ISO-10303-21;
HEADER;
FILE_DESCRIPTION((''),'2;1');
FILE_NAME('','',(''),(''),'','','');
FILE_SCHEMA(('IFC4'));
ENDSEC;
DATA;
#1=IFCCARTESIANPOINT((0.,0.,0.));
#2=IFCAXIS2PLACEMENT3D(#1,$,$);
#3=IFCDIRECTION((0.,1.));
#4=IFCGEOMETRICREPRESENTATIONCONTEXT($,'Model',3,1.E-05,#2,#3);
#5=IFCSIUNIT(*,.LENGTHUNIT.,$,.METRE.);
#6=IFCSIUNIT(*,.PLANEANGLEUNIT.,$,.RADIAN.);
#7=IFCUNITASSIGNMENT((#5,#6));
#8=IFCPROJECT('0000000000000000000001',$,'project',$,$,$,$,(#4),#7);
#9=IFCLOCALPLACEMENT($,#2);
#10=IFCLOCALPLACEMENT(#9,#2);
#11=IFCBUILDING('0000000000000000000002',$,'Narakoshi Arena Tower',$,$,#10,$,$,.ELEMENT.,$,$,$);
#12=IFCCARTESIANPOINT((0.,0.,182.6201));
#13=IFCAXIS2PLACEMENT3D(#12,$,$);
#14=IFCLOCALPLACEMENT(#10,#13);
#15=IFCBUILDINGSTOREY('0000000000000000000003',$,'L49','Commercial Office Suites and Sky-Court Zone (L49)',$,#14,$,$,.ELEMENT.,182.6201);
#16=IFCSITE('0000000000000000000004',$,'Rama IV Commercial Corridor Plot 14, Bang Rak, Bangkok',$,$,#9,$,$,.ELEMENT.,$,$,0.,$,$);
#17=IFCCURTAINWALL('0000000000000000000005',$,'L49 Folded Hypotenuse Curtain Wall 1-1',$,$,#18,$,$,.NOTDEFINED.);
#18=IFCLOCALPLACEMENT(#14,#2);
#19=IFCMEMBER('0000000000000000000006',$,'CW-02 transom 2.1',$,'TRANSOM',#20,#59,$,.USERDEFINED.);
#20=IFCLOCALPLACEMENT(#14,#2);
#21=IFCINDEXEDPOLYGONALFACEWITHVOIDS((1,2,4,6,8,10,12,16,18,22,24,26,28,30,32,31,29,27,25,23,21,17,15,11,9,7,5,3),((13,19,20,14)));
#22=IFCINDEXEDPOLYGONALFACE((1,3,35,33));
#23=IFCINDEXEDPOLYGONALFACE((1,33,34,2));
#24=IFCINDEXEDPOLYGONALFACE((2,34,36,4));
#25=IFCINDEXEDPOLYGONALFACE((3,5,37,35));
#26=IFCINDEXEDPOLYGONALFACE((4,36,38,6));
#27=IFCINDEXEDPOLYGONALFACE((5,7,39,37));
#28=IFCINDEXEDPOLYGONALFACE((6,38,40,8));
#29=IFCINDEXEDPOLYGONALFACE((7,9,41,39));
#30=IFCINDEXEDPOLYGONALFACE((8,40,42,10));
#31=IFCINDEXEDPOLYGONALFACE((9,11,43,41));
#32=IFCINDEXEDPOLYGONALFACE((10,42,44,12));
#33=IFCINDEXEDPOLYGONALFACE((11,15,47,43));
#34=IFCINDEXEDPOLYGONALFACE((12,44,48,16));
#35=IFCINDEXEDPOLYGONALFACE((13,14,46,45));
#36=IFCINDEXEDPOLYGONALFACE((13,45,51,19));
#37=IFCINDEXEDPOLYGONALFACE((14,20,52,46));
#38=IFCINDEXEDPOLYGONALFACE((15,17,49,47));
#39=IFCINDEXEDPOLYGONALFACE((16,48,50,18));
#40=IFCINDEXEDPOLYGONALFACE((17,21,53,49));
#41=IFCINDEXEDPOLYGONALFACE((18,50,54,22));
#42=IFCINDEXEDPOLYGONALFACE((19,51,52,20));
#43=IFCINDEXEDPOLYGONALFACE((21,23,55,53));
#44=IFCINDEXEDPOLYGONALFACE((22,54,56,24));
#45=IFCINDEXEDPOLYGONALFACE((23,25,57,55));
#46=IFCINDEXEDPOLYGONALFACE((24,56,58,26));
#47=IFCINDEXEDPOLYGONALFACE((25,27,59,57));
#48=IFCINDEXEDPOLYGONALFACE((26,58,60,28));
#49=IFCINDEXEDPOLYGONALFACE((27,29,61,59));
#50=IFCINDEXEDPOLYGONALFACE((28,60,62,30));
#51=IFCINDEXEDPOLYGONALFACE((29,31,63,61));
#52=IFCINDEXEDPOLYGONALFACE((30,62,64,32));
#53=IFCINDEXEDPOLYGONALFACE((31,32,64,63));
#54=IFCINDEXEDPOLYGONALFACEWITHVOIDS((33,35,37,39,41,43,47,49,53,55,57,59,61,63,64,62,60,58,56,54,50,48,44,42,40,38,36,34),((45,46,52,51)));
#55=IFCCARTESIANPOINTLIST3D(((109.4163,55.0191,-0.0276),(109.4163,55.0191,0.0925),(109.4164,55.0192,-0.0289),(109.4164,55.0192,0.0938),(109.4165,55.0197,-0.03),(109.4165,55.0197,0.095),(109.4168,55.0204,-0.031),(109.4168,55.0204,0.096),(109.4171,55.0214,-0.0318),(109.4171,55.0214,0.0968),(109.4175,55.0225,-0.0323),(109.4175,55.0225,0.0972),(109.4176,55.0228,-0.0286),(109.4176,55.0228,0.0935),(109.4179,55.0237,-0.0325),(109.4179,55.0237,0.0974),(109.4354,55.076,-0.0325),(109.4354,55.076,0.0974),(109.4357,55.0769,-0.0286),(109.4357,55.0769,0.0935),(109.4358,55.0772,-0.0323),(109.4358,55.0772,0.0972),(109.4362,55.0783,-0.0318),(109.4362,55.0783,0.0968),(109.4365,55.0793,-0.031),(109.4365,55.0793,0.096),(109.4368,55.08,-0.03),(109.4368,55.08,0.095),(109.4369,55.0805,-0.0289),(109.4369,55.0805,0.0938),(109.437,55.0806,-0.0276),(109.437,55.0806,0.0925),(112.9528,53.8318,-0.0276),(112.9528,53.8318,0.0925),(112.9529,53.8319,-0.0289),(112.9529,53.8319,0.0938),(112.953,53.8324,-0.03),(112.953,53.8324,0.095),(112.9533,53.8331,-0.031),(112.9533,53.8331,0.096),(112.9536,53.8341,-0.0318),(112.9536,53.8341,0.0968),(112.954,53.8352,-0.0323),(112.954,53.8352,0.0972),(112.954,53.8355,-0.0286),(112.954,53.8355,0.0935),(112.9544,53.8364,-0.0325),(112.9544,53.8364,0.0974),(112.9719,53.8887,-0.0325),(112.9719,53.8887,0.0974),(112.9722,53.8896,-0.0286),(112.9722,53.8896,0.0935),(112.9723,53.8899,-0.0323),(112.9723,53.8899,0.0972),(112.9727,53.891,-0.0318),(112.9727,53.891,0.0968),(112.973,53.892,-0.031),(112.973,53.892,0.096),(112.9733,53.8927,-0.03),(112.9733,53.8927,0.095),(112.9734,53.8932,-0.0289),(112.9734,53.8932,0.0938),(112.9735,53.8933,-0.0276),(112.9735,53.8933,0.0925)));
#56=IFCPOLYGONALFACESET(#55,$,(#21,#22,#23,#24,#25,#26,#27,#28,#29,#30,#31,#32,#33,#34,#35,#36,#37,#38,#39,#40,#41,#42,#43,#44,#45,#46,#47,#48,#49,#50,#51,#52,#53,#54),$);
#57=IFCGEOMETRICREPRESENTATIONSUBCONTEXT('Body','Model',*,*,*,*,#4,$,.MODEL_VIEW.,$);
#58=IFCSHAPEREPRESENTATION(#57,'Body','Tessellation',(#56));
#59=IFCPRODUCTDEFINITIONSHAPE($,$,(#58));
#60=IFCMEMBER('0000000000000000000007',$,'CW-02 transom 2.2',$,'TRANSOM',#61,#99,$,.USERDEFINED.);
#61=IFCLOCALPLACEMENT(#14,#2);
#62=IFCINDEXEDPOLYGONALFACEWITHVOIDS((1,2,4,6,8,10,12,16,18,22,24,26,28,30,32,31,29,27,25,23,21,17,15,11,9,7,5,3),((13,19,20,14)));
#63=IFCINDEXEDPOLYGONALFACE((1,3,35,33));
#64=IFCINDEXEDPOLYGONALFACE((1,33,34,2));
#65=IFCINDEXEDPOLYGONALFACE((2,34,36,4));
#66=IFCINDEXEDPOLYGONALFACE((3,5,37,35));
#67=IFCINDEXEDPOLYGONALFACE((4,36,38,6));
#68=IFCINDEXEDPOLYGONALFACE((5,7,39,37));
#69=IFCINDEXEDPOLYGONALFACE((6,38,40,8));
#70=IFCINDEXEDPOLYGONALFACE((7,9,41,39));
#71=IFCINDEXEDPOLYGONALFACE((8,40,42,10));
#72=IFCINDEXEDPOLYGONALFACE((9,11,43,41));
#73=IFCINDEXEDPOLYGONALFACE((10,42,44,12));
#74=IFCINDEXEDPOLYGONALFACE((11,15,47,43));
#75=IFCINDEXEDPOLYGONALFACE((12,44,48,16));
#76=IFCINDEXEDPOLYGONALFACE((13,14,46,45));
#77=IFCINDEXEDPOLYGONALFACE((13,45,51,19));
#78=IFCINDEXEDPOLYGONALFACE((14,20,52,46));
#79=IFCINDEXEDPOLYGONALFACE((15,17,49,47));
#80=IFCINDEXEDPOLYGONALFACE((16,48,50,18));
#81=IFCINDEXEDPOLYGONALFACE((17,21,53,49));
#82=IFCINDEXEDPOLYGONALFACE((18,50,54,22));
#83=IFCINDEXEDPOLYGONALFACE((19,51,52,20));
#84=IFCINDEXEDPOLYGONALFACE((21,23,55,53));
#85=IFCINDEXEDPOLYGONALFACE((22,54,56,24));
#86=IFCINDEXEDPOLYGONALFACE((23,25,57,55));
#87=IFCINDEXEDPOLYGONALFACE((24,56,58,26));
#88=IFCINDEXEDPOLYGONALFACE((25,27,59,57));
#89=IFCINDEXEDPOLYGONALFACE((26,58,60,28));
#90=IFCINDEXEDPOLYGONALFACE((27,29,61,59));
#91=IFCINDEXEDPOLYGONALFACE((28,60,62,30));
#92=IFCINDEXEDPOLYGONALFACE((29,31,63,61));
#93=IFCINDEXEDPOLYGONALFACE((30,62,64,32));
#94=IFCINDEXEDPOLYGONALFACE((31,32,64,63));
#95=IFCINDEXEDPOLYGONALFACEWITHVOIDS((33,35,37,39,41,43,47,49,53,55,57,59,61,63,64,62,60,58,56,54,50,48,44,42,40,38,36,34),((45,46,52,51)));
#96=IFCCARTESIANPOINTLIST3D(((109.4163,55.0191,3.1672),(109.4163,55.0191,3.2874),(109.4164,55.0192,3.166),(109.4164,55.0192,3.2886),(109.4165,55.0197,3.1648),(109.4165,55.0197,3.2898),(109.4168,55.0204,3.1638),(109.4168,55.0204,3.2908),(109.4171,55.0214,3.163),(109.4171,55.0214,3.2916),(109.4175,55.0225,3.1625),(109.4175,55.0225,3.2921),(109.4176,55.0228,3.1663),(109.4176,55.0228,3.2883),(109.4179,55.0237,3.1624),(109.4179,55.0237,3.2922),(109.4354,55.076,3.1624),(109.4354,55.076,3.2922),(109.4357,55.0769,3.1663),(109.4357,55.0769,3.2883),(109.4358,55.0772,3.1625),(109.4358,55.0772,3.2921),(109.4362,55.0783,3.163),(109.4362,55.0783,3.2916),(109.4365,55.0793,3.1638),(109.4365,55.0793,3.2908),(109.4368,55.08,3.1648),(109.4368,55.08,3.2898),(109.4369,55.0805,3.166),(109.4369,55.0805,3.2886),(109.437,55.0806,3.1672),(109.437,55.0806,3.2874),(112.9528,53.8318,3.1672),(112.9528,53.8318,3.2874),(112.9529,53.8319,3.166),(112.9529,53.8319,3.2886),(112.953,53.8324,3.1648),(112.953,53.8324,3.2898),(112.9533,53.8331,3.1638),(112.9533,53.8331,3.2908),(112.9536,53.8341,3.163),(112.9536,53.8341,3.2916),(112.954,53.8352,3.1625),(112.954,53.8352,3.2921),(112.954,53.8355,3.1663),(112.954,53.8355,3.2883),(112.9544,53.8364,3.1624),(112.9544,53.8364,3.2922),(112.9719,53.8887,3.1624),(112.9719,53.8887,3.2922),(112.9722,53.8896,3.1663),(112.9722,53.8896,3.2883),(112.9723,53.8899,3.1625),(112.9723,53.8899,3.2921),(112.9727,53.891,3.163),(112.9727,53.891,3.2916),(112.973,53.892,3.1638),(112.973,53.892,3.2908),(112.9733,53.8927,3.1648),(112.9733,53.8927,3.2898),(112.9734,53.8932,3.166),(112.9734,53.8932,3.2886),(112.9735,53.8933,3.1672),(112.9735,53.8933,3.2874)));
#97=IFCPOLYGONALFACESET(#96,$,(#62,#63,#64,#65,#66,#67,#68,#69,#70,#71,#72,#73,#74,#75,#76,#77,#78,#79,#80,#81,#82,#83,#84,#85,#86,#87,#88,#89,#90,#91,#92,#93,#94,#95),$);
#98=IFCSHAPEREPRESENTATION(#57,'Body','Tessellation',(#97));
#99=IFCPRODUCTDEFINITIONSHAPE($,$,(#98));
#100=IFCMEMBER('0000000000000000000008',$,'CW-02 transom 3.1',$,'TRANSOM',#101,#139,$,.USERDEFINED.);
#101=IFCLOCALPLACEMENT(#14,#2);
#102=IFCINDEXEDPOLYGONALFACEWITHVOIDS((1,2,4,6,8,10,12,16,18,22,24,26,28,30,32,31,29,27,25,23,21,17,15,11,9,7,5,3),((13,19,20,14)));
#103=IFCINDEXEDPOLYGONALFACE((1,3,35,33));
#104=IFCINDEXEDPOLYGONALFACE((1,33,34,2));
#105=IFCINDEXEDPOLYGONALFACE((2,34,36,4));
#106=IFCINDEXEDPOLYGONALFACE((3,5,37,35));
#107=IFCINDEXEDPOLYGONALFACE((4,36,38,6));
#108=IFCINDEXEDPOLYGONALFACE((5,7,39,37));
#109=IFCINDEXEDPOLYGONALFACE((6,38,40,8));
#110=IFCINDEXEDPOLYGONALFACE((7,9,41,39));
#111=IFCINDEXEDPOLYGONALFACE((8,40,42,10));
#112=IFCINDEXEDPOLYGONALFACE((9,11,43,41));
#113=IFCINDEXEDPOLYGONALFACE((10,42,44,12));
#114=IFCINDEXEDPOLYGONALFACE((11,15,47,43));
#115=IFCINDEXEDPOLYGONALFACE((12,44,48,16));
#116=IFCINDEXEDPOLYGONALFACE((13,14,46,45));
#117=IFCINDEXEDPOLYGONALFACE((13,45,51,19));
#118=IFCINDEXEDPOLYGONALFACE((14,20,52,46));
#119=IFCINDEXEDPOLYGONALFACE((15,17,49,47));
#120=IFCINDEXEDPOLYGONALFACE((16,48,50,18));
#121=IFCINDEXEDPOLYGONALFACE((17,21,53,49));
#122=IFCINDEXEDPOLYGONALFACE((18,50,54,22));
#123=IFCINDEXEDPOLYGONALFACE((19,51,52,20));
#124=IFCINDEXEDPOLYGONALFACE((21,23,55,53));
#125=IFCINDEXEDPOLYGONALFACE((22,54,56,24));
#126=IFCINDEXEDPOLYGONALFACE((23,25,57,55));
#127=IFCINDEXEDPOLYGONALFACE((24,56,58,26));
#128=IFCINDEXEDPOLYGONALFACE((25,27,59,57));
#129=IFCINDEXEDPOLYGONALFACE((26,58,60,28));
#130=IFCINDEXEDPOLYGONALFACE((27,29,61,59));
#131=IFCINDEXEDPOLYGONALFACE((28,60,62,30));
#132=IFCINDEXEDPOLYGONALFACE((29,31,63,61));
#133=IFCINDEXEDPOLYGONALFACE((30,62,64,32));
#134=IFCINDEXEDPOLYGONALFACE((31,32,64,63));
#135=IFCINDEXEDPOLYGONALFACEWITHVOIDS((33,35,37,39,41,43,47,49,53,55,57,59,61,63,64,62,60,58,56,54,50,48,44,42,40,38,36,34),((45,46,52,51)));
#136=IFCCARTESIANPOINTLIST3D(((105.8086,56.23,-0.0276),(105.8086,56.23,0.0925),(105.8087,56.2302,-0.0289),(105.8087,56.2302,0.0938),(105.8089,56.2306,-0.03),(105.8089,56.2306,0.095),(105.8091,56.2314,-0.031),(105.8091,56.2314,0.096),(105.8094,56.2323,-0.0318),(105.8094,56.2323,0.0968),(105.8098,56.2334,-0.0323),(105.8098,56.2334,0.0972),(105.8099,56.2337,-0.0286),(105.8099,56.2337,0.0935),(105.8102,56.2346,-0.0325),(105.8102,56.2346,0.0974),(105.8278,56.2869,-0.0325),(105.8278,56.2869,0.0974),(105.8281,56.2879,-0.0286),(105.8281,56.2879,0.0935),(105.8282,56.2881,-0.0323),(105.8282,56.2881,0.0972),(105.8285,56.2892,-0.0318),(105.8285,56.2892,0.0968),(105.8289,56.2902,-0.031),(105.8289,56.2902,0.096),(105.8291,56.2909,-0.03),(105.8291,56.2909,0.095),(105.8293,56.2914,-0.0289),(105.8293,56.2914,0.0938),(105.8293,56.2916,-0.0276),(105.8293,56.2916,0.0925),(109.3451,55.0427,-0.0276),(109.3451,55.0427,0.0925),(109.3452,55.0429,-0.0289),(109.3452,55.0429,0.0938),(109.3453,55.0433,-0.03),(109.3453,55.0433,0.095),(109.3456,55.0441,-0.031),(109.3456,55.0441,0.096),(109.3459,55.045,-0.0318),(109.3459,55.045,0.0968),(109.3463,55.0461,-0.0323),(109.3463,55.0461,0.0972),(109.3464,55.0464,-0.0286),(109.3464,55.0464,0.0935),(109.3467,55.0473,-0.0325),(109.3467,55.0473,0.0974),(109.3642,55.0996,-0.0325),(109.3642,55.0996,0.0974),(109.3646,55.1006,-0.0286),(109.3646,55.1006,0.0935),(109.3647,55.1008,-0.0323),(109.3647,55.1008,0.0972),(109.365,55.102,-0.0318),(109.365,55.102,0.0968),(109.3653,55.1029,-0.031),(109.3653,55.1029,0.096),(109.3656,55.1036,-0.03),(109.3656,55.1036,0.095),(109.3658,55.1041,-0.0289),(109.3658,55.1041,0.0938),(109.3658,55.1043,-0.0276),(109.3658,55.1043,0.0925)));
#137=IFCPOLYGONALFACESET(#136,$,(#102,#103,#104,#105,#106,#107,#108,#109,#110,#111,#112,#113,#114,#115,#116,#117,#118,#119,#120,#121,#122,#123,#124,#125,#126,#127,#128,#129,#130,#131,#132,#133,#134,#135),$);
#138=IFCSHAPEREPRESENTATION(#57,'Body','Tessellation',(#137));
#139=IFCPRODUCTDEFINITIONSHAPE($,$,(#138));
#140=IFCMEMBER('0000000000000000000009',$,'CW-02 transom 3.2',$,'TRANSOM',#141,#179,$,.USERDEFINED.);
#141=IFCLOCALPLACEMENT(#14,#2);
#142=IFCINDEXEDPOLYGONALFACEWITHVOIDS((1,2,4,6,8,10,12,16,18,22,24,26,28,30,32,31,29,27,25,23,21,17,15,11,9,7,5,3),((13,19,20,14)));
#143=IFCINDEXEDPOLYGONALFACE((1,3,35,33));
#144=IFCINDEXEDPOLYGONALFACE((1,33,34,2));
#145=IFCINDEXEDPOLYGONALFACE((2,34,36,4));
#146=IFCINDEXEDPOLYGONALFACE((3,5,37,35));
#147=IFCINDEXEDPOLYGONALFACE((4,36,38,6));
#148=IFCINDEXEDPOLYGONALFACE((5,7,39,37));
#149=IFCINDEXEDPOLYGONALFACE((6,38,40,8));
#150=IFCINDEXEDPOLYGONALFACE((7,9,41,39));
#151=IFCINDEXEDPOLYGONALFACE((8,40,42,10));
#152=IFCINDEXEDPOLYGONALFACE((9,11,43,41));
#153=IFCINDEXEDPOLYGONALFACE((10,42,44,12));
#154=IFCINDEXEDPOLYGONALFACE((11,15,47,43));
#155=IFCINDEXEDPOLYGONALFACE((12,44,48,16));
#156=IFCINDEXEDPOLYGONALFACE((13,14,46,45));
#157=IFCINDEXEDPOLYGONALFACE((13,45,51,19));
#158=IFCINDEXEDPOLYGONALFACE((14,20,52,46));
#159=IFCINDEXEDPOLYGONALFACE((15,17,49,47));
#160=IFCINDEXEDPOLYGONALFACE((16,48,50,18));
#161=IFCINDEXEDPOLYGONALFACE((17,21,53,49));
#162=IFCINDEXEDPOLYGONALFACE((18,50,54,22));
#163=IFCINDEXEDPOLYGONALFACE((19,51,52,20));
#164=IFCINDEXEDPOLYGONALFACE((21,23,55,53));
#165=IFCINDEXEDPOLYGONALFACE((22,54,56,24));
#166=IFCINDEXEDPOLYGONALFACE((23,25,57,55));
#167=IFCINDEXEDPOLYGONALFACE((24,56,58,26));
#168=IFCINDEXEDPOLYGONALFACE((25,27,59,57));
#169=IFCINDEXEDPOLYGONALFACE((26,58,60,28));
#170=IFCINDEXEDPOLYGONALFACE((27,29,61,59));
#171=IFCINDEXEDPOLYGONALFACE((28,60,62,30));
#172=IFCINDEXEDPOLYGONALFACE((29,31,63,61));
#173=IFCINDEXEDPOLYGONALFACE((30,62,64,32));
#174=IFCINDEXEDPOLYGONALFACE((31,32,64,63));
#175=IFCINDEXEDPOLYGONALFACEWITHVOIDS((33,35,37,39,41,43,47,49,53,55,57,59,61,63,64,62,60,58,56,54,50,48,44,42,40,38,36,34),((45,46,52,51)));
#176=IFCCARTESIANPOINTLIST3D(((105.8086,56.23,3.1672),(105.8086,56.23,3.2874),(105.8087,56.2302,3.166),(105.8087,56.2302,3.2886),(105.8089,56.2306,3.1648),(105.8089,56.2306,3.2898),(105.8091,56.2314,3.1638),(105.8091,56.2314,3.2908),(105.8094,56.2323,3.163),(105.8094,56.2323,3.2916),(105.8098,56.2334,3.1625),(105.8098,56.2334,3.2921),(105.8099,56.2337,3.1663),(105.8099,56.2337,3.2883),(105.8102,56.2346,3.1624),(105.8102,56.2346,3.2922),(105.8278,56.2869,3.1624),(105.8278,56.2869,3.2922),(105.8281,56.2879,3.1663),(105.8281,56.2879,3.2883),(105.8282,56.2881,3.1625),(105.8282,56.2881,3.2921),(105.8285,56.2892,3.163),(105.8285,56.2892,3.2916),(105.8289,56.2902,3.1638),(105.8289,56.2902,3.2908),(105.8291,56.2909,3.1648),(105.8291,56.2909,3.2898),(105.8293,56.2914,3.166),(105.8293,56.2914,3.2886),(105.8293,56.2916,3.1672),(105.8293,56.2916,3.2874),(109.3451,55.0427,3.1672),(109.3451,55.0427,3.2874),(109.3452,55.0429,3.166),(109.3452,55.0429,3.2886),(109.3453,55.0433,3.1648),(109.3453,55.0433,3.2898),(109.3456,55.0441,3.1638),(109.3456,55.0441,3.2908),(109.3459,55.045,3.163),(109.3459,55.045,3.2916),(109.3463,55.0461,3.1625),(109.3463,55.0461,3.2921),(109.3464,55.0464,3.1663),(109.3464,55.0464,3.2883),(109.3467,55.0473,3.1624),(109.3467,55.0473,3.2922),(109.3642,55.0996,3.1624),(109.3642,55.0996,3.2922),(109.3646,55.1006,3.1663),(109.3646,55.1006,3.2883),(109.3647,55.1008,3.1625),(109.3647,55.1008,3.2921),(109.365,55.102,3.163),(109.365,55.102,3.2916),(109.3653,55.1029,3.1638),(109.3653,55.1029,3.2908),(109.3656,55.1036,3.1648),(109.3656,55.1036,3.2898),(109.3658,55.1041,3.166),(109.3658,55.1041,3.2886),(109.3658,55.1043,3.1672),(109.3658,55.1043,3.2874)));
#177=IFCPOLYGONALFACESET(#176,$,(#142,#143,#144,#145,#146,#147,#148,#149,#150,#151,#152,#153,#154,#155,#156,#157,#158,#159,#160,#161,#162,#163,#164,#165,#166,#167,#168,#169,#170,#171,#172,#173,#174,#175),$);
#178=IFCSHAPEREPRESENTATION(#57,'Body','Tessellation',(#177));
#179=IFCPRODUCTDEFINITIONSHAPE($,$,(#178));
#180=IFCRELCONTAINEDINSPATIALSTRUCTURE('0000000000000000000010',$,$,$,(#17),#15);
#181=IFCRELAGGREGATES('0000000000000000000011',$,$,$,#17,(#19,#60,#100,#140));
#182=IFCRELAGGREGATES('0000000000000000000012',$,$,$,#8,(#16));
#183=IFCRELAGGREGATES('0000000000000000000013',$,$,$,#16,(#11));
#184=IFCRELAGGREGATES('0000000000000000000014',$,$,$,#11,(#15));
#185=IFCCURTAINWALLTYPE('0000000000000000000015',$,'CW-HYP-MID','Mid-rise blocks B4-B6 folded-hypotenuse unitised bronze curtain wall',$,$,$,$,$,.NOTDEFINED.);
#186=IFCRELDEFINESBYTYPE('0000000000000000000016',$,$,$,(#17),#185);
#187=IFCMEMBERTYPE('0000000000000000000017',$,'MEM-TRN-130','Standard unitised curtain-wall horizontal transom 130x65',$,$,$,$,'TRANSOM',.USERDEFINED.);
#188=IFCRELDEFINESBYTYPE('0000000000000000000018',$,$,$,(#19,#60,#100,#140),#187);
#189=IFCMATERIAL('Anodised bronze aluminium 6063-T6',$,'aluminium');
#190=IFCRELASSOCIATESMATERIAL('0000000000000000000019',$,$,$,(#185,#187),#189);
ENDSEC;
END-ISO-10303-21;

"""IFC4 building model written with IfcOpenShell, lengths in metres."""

from ifc_helpers import new_model, si_unit, direction, frame, origin, origin_2d, place, context, subcontext, project, spatial, hollow_rectangle, extrude, material, material_profile, profile_set, type_object, element, aggregate, save


model = new_model("IFC4")

# Units and contexts
model_context = context("Model", 3, precision=1e-05, world=origin(), true_north=direction((0.0, 1.0)))
body_context = subcontext(model_context, "Body", "Model", "MODEL_VIEW")
ifc_project = project(units=[si_unit("LENGTHUNIT", "METRE"), si_unit("PLANEANGLEUNIT", "RADIAN")], contexts=[model_context])

# Site, building, storey
site_placement = place(None, origin())
site = spatial("IfcSite", under=ifc_project, at=site_placement, Name="Rama IV Commercial Corridor Plot 14, Bang Rak, Bangkok", CompositionType="ELEMENT", RefElevation=0.0)
building_placement = place(site_placement, origin())
building = spatial("IfcBuilding", under=site, at=building_placement, Name="Narakoshi Arena Tower", CompositionType="ELEMENT")
storey_placement = place(building_placement, frame((0.0, 0.0, 182.6201)))
storey = spatial("IfcBuildingStorey", under=building, at=storey_placement, Name="L49", Description="Commercial Office Suites and Sky-Court Zone (L49)", CompositionType="ELEMENT", Elevation=182.6201)

# Curtain wall, members
ifc_material_1 = material(Name="Anodised bronze aluminium 6063-T6", Category="aluminium")
curtain_wall_type = type_object("IfcCurtainWallType", Name="CW-HYP-MID", Description="Mid-rise blocks B4-B6 folded-hypotenuse unitised bronze curtain wall", PredefinedType="NOTDEFINED", material=ifc_material_1)
curtain_wall_placement = place(storey_placement, origin())
curtain_wall = element("IfcCurtainWall", 1, at=curtain_wall_placement, inside=storey, type_object=curtain_wall_type, Name="L49 Folded Hypotenuse Curtain Wall 1-1", PredefinedType="NOTDEFINED")
ifc_material_profile_1 = material_profile(ifc_material_1, hollow_rectangle(XDim=0.0649, YDim=0.1299, WallThickness=0.0039, OuterFilletRadius=0.0049, at=origin_2d()), Name="TRN130x65x4")
ifc_profile_set_1 = profile_set([ifc_material_profile_1], Name="Anodised bronze aluminium 6063-T6")
member_type_1 = type_object("IfcMemberType", Name="MEM-TRN-130", Description="Standard unitised curtain-wall horizontal transom 130x65", ElementType="TRANSOM", PredefinedType="USERDEFINED", material=ifc_profile_set_1)
member_1_placement = place(storey_placement, frame((112.9631, 53.8625, 0.0325), z_axis=(-0.948, 0.318269, 0.0), x_axis=(-0.318269, -0.948, 0.0)))
member_1 = element("IfcMember", 2, at=member_1_placement, type_object=member_type_1, Name="CW-02 transom 2.1", ObjectType="TRANSOM", PredefinedType="USERDEFINED", context=body_context, shape_type="SweptSolid", body=[
    extrude(hollow_rectangle(XDim=0.0649, YDim=0.1299, WallThickness=0.0039, OuterFilletRadius=0.0049, at=origin_2d()), origin(), (0.0, 0.0, 1.0), 3.7305),
])
member_2_placement = place(storey_placement, frame((112.9631, 53.8625, 3.2273), z_axis=(-0.948, 0.318269, 0.0), x_axis=(-0.318269, -0.948, 0.0)))
member_2 = element("IfcMember", 3, at=member_2_placement, type_object=member_type_1, Name="CW-02 transom 2.2", ObjectType="TRANSOM", PredefinedType="USERDEFINED", context=body_context, shape_type="SweptSolid", body=[
    extrude(hollow_rectangle(XDim=0.0649, YDim=0.1299, WallThickness=0.0039, OuterFilletRadius=0.0049, at=origin_2d()), origin(), (0.0, 0.0, 1.0), 3.7305),
])
member_3_placement = place(storey_placement, frame((109.3555, 55.0735, 0.0325), z_axis=(-0.948, 0.318269, 0.0), x_axis=(-0.318269, -0.948, 0.0)))
member_3 = element("IfcMember", 4, at=member_3_placement, type_object=member_type_1, Name="CW-02 transom 3.1", ObjectType="TRANSOM", PredefinedType="USERDEFINED", context=body_context, shape_type="SweptSolid", body=[
    extrude(hollow_rectangle(XDim=0.0649, YDim=0.1299, WallThickness=0.0039, OuterFilletRadius=0.0049, at=origin_2d()), origin(), (0.0, 0.0, 1.0), 3.7305),
])
member_4_placement = place(storey_placement, frame((109.3555, 55.0735, 3.2273), z_axis=(-0.948, 0.318269, 0.0), x_axis=(-0.318269, -0.948, 0.0)))
member_4 = element("IfcMember", 5, at=member_4_placement, type_object=member_type_1, Name="CW-02 transom 3.2", ObjectType="TRANSOM", PredefinedType="USERDEFINED", context=body_context, shape_type="SweptSolid", body=[
    extrude(hollow_rectangle(XDim=0.0649, YDim=0.1299, WallThickness=0.0039, OuterFilletRadius=0.0049, at=origin_2d()), origin(), (0.0, 0.0, 1.0), 3.7305),
])
aggregate(curtain_wall, [member_1, member_2, member_3, member_4])

save(model, "model.ifc")
